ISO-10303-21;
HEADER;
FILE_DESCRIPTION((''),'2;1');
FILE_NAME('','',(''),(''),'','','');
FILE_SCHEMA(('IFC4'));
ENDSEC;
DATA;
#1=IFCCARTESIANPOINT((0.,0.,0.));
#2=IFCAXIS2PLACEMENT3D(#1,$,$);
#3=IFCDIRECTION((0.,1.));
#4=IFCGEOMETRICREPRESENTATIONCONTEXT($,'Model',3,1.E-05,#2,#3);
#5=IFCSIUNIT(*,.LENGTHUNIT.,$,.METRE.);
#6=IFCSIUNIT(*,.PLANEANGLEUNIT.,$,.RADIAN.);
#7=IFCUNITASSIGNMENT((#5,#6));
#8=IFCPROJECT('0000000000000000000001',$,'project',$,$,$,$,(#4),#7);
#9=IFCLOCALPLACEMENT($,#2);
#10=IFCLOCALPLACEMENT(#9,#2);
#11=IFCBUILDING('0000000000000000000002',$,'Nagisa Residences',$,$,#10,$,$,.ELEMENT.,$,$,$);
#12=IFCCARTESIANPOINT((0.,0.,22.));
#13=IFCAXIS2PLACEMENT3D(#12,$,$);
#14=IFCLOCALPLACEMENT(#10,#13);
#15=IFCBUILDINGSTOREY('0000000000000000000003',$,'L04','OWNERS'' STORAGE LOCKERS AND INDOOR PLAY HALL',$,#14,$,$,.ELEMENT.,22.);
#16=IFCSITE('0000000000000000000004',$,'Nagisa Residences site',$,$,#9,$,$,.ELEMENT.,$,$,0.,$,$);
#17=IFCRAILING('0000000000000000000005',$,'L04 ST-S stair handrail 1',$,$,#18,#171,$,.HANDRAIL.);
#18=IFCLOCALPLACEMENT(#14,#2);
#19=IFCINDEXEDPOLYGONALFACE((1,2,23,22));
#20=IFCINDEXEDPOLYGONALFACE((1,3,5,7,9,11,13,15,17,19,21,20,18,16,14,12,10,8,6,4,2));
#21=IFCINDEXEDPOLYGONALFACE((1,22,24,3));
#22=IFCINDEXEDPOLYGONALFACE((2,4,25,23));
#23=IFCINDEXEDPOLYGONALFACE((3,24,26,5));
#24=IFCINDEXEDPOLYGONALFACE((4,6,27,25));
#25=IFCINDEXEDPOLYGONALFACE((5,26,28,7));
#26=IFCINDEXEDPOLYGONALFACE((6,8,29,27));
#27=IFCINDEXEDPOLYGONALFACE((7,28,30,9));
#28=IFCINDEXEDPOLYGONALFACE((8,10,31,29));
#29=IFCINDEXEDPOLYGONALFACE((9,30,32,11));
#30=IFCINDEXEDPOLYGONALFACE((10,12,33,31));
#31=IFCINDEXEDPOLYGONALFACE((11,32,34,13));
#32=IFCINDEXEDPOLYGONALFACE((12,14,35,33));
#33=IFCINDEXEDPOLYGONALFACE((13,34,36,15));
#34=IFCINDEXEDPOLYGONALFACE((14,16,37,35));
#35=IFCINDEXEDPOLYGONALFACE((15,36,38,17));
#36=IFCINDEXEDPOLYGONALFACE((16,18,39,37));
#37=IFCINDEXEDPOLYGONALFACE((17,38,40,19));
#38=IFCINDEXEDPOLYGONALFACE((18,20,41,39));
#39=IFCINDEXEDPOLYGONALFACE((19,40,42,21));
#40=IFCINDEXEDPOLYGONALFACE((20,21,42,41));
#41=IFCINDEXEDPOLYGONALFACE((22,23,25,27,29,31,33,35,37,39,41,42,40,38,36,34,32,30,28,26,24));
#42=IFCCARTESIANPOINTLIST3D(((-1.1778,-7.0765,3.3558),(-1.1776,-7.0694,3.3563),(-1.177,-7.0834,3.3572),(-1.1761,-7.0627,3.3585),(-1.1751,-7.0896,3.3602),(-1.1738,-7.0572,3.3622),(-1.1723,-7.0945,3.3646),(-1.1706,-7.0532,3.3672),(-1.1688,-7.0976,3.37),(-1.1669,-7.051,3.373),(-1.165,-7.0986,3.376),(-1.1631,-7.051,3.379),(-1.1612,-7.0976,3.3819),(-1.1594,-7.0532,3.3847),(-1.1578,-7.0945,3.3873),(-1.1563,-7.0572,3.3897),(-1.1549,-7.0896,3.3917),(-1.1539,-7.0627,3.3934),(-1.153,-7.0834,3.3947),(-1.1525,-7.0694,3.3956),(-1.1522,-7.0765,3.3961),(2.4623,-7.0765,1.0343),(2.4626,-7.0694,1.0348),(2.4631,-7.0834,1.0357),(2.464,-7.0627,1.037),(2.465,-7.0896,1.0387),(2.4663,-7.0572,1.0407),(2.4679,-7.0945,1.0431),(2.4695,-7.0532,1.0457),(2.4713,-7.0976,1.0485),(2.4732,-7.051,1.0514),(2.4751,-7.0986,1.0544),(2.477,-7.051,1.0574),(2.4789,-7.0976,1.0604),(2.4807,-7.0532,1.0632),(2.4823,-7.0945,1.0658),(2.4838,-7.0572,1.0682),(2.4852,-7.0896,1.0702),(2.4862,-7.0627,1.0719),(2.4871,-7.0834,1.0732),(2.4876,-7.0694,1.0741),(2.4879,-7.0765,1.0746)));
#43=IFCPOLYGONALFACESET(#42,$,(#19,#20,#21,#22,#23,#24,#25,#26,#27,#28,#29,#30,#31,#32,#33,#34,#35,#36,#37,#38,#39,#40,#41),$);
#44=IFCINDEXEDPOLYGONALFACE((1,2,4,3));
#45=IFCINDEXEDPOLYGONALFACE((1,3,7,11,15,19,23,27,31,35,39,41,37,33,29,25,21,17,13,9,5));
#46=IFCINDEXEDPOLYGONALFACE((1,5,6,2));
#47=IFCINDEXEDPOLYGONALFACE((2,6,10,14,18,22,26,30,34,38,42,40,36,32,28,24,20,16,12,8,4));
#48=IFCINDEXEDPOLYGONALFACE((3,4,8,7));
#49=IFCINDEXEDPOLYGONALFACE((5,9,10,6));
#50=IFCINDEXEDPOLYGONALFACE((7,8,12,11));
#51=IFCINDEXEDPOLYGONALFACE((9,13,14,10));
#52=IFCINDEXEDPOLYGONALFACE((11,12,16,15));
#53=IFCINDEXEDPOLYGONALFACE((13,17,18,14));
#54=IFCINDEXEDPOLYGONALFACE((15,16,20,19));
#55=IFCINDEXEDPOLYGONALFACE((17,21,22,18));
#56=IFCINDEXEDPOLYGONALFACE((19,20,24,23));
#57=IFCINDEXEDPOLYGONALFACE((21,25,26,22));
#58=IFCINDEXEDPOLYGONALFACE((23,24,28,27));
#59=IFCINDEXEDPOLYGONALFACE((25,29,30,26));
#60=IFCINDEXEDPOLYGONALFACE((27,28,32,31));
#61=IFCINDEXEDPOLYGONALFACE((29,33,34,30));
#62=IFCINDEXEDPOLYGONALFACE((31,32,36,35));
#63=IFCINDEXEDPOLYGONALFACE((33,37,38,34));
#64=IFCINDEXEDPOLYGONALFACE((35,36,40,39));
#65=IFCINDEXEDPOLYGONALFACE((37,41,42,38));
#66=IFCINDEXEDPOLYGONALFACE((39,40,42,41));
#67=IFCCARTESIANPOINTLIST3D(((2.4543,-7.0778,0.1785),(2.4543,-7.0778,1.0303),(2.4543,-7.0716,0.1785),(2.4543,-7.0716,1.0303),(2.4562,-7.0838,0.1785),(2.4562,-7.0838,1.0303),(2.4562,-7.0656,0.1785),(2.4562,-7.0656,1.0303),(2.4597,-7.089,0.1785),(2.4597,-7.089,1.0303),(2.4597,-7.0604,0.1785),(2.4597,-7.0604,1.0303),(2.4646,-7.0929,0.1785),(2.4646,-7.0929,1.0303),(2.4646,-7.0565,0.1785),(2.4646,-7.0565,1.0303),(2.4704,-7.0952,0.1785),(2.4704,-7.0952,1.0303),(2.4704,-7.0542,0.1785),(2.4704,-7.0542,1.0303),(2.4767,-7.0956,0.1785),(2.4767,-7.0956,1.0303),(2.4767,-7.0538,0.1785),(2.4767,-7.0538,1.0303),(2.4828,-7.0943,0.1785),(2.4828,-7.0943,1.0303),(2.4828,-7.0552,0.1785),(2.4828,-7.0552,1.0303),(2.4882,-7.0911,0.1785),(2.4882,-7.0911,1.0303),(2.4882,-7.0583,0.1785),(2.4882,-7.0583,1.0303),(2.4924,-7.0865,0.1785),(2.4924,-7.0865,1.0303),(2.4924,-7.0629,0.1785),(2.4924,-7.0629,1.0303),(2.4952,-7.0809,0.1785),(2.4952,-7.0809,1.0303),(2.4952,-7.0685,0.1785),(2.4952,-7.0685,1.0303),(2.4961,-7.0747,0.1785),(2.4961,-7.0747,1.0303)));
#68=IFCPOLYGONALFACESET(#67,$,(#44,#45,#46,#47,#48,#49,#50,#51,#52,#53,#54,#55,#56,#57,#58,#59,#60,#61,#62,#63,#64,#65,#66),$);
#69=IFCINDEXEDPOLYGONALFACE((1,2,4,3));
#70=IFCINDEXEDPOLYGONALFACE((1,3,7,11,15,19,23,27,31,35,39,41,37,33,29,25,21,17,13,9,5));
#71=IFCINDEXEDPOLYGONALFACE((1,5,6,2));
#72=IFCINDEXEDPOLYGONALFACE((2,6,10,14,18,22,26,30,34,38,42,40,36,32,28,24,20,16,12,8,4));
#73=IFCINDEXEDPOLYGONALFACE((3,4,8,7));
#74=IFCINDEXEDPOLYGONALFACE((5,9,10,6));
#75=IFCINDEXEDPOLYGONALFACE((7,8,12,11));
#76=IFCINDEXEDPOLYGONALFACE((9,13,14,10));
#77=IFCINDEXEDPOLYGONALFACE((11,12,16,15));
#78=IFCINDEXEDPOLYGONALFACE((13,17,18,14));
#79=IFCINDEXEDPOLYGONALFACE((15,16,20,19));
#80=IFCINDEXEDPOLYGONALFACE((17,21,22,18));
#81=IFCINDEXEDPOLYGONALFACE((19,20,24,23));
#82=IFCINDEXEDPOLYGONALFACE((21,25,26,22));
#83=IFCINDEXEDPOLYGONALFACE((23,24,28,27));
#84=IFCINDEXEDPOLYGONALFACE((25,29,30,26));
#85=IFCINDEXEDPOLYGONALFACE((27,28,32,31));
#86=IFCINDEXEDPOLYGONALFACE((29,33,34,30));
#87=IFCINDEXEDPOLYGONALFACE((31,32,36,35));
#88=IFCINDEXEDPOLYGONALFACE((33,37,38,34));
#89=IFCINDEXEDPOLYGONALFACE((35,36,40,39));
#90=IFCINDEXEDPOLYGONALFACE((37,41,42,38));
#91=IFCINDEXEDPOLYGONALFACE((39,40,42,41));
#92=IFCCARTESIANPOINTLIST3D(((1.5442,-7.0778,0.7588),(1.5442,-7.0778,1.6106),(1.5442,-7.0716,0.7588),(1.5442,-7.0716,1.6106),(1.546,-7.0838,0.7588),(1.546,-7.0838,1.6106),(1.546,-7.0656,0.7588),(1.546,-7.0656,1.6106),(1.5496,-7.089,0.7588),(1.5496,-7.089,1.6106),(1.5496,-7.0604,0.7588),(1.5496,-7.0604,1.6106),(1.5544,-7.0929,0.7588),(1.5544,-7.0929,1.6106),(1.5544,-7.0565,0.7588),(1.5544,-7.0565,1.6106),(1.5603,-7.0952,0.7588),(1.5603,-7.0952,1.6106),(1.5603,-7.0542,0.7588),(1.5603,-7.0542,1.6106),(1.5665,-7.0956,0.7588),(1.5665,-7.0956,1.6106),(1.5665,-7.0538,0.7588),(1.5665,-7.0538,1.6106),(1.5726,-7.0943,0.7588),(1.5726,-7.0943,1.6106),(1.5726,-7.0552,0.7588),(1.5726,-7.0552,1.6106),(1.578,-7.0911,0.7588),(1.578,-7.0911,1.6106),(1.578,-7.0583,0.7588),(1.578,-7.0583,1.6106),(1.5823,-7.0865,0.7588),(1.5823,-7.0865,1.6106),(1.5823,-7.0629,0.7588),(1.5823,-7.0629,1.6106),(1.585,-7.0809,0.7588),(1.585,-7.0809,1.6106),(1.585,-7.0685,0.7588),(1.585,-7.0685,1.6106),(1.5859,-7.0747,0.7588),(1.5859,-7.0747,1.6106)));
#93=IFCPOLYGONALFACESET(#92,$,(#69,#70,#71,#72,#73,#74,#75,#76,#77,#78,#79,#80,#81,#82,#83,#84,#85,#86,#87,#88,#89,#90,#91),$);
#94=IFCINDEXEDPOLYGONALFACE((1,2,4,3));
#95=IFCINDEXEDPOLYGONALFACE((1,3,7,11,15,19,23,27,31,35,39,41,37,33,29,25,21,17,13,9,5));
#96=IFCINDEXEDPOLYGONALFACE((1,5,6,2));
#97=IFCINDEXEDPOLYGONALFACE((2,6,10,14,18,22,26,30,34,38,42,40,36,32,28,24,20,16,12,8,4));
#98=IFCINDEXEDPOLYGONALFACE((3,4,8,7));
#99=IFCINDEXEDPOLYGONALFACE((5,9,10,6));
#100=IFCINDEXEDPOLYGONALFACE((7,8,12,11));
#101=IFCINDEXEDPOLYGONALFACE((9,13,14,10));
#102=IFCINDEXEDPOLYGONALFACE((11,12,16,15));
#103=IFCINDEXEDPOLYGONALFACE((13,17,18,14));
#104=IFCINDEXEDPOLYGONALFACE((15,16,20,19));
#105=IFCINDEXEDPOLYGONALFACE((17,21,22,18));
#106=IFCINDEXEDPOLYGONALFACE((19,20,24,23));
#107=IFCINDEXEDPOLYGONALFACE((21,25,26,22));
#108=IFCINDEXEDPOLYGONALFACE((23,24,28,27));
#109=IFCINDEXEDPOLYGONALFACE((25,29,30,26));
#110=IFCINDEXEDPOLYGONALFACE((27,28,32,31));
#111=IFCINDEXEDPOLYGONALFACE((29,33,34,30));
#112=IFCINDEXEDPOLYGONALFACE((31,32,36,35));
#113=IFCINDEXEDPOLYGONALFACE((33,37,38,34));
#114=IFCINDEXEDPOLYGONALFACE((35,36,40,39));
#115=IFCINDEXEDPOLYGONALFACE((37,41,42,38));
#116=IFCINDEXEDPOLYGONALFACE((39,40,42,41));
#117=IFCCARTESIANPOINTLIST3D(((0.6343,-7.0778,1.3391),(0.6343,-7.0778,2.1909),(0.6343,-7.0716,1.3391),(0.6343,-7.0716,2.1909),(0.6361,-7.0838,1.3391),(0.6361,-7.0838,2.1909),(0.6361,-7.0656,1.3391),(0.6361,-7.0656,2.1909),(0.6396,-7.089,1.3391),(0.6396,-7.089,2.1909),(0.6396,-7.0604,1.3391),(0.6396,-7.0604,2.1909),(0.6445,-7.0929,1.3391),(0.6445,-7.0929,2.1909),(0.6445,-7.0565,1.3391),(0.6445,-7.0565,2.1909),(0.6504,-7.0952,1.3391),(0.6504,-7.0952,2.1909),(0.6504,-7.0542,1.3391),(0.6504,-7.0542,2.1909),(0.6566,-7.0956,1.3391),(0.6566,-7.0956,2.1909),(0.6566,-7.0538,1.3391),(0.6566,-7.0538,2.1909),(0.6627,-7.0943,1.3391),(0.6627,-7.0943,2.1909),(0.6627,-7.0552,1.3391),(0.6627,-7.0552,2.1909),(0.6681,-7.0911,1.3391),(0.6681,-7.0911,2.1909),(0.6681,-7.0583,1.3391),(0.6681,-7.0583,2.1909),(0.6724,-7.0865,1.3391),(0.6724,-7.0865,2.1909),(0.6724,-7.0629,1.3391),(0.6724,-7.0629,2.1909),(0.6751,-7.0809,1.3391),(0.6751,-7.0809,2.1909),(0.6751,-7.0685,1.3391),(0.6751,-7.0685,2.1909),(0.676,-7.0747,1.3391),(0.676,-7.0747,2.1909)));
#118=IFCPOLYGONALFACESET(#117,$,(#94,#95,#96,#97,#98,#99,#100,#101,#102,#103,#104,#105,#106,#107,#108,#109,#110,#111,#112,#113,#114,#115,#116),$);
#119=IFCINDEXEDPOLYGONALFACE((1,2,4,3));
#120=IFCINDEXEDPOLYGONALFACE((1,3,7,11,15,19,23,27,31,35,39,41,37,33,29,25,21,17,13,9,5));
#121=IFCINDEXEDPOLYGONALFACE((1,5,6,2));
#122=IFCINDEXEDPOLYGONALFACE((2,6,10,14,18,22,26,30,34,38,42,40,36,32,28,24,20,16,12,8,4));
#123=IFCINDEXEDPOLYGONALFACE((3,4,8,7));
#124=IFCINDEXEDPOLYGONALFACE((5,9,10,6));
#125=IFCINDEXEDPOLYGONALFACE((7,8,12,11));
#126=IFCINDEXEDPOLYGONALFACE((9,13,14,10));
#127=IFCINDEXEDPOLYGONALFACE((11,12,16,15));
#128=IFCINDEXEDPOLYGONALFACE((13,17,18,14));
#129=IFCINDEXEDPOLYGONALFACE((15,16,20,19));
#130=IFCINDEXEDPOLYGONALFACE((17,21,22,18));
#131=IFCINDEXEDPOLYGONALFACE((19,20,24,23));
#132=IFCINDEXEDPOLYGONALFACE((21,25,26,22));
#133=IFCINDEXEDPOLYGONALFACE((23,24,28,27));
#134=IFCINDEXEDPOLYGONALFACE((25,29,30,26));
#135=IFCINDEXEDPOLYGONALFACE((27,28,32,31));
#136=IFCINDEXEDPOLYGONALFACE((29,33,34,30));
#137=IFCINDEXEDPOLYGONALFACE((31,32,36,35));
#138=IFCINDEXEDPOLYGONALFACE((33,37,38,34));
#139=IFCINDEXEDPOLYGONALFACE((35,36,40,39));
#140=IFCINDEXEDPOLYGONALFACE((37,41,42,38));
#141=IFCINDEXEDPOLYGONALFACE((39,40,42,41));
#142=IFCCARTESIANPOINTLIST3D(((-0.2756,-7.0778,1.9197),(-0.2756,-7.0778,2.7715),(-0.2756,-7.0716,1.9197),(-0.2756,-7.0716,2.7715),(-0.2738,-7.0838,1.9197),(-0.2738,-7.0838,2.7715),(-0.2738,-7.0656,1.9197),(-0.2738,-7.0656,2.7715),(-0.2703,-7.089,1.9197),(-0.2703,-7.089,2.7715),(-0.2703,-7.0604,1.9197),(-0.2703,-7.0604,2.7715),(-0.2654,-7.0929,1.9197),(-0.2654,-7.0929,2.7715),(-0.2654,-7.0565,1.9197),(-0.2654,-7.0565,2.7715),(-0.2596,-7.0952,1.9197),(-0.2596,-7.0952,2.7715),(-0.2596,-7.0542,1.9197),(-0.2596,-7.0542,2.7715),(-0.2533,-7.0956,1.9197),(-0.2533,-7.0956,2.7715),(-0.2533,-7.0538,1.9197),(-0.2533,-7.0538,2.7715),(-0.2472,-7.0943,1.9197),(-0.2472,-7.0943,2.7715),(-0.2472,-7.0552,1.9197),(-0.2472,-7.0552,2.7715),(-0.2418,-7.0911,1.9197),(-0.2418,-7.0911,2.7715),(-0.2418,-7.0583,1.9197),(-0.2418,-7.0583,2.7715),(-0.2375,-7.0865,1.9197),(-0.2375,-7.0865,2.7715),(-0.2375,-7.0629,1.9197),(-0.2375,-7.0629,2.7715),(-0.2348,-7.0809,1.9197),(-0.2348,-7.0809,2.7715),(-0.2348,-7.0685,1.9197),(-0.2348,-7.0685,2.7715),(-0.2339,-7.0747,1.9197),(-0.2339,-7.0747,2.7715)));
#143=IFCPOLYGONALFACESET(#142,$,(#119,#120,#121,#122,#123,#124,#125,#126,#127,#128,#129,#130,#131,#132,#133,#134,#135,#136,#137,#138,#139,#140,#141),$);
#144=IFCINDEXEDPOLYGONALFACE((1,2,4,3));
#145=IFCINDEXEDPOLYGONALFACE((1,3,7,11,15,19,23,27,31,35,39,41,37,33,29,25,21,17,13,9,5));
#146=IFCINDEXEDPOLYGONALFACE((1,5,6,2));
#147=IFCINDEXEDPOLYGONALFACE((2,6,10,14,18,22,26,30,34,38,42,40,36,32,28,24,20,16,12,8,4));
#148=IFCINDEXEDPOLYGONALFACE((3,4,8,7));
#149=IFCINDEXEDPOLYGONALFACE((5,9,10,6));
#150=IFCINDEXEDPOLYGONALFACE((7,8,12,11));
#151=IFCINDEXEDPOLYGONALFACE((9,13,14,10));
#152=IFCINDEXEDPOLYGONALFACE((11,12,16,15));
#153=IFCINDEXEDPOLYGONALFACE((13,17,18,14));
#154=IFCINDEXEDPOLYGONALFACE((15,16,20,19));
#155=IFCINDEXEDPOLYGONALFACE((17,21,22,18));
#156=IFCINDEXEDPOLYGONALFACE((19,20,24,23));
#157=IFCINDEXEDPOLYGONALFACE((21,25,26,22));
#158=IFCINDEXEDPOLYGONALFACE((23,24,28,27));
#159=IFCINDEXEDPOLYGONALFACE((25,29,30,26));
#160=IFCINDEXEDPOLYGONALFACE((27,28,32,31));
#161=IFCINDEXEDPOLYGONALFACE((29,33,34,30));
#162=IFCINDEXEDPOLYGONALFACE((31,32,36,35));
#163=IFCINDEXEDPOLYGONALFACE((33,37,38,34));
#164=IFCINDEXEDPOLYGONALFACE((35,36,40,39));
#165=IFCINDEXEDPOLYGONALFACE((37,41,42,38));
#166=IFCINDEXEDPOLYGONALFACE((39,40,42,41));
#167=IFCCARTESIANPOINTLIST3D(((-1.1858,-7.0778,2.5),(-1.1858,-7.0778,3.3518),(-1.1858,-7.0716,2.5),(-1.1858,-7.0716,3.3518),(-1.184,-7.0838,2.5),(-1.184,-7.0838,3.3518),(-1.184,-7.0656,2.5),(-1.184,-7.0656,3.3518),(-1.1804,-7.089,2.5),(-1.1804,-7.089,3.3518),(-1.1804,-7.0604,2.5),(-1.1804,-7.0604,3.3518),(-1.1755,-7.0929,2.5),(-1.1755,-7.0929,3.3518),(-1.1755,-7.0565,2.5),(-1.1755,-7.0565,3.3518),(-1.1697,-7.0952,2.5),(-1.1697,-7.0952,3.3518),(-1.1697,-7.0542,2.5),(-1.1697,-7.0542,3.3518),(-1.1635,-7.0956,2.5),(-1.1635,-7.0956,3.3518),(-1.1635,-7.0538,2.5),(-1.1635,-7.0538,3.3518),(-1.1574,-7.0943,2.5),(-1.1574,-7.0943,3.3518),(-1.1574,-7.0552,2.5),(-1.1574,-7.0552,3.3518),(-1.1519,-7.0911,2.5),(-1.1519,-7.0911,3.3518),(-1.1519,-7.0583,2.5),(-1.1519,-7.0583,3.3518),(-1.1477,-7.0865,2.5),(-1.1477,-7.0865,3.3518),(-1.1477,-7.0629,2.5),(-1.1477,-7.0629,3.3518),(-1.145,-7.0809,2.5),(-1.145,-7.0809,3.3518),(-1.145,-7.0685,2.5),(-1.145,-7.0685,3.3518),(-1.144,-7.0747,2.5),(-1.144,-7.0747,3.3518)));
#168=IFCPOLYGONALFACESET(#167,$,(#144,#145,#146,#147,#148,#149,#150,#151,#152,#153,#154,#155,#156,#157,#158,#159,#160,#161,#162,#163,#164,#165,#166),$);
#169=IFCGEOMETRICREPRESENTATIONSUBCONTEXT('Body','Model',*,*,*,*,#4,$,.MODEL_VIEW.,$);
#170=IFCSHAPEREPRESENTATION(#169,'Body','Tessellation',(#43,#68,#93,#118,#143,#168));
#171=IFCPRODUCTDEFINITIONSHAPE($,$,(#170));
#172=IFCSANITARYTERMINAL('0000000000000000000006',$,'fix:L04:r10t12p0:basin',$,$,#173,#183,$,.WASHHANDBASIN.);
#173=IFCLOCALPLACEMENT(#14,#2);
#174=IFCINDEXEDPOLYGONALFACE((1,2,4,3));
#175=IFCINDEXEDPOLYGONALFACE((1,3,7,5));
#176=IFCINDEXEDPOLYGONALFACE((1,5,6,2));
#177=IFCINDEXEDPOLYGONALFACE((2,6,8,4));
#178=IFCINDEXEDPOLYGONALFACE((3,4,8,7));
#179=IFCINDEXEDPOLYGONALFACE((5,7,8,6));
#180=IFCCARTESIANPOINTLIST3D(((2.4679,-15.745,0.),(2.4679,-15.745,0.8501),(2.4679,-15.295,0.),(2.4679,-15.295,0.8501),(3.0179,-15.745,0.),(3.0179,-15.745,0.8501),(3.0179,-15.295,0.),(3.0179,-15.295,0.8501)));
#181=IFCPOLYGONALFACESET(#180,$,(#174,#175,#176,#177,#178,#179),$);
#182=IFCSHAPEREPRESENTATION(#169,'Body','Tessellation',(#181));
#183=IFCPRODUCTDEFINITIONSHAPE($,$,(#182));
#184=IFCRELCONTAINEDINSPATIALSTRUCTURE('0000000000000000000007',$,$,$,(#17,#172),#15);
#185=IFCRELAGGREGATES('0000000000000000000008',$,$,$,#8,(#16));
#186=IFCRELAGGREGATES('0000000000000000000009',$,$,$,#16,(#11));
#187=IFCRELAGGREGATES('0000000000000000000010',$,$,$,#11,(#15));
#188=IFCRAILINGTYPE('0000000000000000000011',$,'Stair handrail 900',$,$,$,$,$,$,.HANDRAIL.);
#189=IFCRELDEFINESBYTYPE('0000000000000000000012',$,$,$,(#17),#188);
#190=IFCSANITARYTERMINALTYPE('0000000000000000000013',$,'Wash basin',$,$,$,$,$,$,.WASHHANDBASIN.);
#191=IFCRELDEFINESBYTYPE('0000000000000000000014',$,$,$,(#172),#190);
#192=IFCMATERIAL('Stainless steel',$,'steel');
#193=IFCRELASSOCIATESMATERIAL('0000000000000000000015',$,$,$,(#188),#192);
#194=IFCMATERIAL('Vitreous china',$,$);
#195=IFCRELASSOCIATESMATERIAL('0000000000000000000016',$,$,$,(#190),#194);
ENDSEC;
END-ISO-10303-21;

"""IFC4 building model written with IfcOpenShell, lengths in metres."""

from ifc_helpers import new_model, si_unit, direction, frame, origin, origin_2d, place, context, subcontext, project, spatial, rectangle, circle, extrude, material, type_object, element, save


model = new_model("IFC4")

# Units and contexts
model_context = context("Model", 3, precision=1e-05, world=origin(), true_north=direction((0.0, 1.0)))
body_context = subcontext(model_context, "Body", "Model", "MODEL_VIEW")
ifc_project = project(units=[si_unit("LENGTHUNIT", "METRE"), si_unit("PLANEANGLEUNIT", "RADIAN")], contexts=[model_context])

# Site, building, storey
site_placement = place(None, origin())
site = spatial("IfcSite", under=ifc_project, at=site_placement, Name="Nagisa Residences site", CompositionType="ELEMENT", RefElevation=0.0)
building_placement = place(site_placement, origin())
building = spatial("IfcBuilding", under=site, at=building_placement, Name="Nagisa Residences", CompositionType="ELEMENT")
storey_placement = place(building_placement, frame((0.0, 0.0, 22.0)))
storey = spatial("IfcBuildingStorey", under=building, at=storey_placement, Name="L04", Description="OWNERS' STORAGE LOCKERS AND INDOOR PLAY HALL", CompositionType="ELEMENT", Elevation=22.0)

# Railing
ifc_material_1 = material(Name="Stainless steel", Category="steel")
railing_type_1 = type_object("IfcRailingType", Name="Stair handrail 900", PredefinedType="HANDRAIL", material=ifc_material_1)
railing_1_placement = place(storey_placement, frame((2.4751, -7.0747, 0.1785)))
element("IfcRailing", 1, at=railing_1_placement, inside=storey, type_object=railing_type_1, Name="L04 ST-S stair handrail 1", PredefinedType="HANDRAIL", context=body_context, shape_type="SweptSolid", body=[
    extrude(circle(Radius=0.0239, at=origin_2d()), frame((0.0, 0.0, 0.876), z_axis=(-0.843128, 0.0, 0.537713), x_axis=(0.0, -1.0, 0.0)), (0.0, 0.0, 1.0), 4.3174),
    extrude(circle(Radius=0.021, at=origin_2d()), origin(), (0.0, 0.0, 1.0), 0.8518),
    extrude(circle(Radius=0.021, at=origin_2d()), frame((-0.9102, 0.0, 0.5803)), (0.0, 0.0, 1.0), 0.8518),
    extrude(circle(Radius=0.021, at=origin_2d()), frame((-1.8201, 0.0, 1.1606)), (0.0, 0.0, 1.0), 0.8518),
    extrude(circle(Radius=0.021, at=origin_2d()), frame((-2.73, 0.0, 1.7412)), (0.0, 0.0, 1.0), 0.8518),
    extrude(circle(Radius=0.021, at=origin_2d()), frame((-3.6401, 0.0, 2.3215)), (0.0, 0.0, 1.0), 0.8518),
])

# Sanitary terminal
ifc_material_2 = material(Name="Vitreous china")
sanitary_terminal_type = type_object("IfcSanitaryTerminalType", Name="Wash basin", PredefinedType="WASHHANDBASIN", material=ifc_material_2)
sanitary_terminal_placement = place(storey_placement, frame((2.7429, -15.52, 0.0), z_axis=(0.0, 0.0, 1.0), x_axis=(1.0, 0.0, 0.0)))
element("IfcSanitaryTerminal", 2, at=sanitary_terminal_placement, inside=storey, type_object=sanitary_terminal_type, Name="fix:L04:r10t12p0:basin", PredefinedType="WASHHANDBASIN", context=body_context, shape_type="SweptSolid", body=[
    extrude(rectangle(XDim=0.55, YDim=0.45, at=origin_2d()), origin(), (0.0, 0.0, 1.0), 0.8501),
])

save(model, "model.ifc")
